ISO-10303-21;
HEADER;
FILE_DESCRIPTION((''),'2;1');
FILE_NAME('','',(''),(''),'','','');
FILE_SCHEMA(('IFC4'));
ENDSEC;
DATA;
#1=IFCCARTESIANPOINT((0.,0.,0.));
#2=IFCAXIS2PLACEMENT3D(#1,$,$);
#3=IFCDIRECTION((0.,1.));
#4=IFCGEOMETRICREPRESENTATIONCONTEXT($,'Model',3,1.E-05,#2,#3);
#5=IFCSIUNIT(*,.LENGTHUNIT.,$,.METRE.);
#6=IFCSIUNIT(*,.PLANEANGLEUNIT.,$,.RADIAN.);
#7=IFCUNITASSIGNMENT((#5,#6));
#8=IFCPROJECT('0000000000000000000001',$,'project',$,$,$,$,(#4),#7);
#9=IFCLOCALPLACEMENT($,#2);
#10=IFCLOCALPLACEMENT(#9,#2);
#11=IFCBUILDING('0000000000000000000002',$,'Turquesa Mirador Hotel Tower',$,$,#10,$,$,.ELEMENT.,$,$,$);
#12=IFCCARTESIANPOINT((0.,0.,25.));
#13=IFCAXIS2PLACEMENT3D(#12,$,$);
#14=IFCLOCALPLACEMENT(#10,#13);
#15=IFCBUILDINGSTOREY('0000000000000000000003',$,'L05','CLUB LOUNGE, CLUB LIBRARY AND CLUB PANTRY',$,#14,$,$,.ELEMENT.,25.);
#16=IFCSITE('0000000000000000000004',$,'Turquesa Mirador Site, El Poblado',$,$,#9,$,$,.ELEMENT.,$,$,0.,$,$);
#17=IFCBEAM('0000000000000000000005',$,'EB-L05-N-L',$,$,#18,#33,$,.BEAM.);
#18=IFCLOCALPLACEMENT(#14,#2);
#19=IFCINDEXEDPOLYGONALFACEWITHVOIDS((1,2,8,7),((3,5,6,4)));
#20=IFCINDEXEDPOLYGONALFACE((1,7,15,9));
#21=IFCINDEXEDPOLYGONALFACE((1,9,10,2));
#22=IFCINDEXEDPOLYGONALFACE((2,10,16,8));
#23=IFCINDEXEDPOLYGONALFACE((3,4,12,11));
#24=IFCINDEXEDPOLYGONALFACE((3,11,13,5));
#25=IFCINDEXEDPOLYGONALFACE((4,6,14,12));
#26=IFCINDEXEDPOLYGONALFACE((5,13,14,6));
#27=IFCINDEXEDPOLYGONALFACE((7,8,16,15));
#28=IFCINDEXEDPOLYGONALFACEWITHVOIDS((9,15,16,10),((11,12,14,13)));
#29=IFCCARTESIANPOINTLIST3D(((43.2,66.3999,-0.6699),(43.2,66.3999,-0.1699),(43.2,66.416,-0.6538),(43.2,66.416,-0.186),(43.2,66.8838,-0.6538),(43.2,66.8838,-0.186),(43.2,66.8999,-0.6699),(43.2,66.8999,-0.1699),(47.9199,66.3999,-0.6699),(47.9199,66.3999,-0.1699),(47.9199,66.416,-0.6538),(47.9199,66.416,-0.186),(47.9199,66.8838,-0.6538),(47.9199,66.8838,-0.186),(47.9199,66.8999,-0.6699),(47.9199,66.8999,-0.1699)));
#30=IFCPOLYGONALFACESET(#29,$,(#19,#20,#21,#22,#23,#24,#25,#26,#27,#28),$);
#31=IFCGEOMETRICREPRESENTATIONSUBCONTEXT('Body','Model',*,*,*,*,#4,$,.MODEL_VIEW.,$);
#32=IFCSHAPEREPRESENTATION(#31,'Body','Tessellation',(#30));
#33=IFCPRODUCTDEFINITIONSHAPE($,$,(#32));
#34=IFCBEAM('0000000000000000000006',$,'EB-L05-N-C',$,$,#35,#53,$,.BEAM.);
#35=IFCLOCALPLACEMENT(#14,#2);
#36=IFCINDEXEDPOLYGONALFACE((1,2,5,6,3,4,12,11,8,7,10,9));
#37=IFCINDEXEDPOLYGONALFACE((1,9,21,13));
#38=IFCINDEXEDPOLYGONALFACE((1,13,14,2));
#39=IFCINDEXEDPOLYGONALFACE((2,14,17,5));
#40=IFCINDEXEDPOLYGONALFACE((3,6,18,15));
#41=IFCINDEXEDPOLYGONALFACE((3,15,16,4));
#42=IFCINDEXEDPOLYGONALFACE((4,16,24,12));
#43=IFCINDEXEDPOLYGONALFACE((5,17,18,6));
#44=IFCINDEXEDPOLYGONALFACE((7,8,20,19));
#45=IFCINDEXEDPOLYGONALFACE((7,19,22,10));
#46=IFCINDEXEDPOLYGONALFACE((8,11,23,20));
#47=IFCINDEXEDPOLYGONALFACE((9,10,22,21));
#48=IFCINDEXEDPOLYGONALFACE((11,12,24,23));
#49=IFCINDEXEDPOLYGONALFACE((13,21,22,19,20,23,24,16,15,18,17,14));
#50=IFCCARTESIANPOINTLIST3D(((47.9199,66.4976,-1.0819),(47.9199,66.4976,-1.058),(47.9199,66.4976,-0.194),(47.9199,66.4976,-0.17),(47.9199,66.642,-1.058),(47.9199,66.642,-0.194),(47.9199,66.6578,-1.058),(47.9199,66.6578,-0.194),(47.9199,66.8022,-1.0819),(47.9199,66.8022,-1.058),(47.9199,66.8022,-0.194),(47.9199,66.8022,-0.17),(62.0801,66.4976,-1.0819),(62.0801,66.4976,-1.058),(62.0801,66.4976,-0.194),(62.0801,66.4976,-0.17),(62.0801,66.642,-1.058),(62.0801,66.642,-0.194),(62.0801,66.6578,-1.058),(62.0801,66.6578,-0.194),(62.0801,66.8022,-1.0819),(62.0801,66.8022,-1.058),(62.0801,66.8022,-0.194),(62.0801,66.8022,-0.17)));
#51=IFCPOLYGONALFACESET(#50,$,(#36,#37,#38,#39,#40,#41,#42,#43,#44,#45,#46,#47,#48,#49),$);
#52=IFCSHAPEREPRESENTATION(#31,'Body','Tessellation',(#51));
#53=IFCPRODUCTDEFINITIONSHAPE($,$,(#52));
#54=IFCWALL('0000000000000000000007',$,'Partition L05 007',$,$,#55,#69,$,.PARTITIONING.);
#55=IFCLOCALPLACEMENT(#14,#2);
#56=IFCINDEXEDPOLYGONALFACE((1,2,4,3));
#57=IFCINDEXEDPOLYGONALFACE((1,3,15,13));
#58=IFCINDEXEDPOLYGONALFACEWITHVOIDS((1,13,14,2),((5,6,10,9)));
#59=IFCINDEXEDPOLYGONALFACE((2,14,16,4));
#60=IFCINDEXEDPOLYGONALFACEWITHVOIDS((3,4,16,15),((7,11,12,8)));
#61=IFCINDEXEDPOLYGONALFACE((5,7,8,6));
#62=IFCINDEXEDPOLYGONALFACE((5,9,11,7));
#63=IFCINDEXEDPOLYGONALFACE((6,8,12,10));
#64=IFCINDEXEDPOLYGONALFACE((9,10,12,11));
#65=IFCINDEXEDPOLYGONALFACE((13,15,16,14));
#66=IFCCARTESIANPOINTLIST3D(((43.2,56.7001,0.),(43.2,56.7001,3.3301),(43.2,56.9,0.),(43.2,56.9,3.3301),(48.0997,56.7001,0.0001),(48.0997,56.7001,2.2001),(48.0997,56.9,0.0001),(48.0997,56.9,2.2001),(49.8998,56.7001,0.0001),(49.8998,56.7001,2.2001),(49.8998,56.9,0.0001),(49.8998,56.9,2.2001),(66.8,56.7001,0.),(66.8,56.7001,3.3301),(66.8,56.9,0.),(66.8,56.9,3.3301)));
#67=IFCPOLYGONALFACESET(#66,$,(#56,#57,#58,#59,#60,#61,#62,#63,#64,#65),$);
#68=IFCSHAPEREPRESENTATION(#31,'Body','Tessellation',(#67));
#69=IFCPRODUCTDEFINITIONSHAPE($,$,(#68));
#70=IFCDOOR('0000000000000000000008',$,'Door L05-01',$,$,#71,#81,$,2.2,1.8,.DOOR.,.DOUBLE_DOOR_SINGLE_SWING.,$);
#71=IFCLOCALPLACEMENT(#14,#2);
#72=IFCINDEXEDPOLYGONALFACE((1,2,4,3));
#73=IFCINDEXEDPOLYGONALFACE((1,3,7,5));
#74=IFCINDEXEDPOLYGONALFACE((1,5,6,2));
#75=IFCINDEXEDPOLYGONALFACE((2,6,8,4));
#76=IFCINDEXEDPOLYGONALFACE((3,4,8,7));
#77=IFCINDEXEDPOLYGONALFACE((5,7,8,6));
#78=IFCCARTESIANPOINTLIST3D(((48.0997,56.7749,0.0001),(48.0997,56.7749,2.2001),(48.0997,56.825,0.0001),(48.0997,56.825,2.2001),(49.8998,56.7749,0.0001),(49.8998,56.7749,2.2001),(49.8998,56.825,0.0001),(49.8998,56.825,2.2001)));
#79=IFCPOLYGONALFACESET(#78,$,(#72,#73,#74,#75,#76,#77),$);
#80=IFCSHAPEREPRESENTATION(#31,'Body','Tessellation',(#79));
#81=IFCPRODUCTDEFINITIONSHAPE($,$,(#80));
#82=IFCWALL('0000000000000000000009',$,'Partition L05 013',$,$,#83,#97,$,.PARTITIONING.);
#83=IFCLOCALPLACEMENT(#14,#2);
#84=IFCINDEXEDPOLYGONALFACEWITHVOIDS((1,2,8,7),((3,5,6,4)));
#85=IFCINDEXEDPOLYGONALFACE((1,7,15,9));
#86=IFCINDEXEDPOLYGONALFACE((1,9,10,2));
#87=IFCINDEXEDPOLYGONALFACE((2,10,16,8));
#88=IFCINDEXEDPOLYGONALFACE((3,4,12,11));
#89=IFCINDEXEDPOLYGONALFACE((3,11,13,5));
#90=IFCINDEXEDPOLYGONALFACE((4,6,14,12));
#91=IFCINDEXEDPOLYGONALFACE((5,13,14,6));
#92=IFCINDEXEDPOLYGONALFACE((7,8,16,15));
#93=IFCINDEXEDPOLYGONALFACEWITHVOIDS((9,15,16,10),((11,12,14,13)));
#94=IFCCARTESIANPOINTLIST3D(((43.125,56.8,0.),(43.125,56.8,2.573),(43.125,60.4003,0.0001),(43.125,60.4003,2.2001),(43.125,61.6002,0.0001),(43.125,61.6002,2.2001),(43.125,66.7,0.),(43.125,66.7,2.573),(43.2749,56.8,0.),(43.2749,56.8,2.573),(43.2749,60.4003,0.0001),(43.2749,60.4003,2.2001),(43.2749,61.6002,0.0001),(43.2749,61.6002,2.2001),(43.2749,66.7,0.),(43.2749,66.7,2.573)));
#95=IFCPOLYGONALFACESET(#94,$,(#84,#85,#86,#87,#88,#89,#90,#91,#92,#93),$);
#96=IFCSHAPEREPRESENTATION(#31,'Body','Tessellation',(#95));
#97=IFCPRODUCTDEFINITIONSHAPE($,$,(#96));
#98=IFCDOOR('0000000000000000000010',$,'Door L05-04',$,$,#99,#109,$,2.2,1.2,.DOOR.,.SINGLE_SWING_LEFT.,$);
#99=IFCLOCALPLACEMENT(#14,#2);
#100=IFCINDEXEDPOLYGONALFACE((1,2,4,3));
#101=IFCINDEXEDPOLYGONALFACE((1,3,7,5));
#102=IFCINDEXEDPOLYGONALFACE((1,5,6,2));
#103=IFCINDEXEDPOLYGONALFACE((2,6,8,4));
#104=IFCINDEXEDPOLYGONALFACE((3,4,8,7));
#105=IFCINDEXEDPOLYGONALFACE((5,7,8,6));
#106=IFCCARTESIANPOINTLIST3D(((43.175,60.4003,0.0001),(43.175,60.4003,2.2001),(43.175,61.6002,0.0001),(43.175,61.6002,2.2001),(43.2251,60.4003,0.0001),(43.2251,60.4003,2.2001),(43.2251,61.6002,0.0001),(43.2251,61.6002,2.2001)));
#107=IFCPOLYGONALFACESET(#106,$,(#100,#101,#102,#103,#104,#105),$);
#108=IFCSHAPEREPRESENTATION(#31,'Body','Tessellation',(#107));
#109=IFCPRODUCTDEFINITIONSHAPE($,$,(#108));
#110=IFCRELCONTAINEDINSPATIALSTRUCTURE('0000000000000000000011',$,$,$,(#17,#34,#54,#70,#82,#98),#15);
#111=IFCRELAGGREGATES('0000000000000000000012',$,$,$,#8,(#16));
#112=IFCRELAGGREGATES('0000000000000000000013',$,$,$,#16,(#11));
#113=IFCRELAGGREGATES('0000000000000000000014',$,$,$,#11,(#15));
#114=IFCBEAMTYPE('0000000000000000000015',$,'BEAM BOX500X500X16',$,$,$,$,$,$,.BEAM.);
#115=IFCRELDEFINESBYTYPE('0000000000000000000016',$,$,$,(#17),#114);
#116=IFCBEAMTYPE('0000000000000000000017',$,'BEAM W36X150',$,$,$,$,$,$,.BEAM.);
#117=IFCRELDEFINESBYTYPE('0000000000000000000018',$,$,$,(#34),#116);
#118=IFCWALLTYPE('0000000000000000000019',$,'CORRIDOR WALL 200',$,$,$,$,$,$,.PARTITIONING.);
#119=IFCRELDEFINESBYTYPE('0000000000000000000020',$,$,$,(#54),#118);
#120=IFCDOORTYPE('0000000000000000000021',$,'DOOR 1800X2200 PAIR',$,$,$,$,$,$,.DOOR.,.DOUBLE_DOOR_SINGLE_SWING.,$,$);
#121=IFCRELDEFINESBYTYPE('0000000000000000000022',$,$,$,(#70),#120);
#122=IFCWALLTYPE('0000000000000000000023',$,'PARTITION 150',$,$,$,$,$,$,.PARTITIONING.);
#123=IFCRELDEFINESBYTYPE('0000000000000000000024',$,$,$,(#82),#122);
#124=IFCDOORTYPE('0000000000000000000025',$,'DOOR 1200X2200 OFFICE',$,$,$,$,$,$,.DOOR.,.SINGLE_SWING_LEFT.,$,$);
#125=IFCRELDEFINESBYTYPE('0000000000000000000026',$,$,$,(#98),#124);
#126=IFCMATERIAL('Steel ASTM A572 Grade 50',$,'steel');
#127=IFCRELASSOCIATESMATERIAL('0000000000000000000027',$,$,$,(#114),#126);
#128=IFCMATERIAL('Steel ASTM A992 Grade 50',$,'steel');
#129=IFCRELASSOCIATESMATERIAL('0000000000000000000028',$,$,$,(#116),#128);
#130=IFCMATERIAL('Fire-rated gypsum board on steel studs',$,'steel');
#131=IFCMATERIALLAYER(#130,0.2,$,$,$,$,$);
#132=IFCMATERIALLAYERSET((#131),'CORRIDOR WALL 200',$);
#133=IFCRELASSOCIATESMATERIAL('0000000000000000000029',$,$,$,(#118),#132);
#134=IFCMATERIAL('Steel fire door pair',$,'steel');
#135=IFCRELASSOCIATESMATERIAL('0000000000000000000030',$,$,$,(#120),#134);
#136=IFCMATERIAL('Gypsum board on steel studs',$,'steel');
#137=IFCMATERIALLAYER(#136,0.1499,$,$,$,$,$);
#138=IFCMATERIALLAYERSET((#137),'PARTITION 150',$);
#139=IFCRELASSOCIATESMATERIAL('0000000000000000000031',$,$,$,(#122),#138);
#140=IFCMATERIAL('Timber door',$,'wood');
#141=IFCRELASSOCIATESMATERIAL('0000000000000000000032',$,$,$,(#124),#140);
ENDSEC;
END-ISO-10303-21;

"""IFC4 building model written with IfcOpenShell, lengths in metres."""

from ifc_helpers import new_model, si_unit, direction, frame, frame_2d, origin, origin_2d, place, context, subcontext, project, spatial, rectangle, hollow_rectangle, i_section, extrude, material, layer, layer_set, material_profile, profile_set, type_object, element, fill, save


model = new_model("IFC4")

# Units and contexts
model_context = context("Model", 3, precision=1e-05, world=origin(), true_north=direction((0.0, 1.0)))
body_context = subcontext(model_context, "Body", "Model", "MODEL_VIEW")
ifc_project = project(units=[si_unit("LENGTHUNIT", "METRE"), si_unit("PLANEANGLEUNIT", "RADIAN")], contexts=[model_context])

# Site, building, storey
site_placement = place(None, origin())
site = spatial("IfcSite", under=ifc_project, at=site_placement, Name="Turquesa Mirador Site, El Poblado", CompositionType="ELEMENT", RefElevation=0.0)
building_placement = place(site_placement, origin())
building = spatial("IfcBuilding", under=site, at=building_placement, Name="Turquesa Mirador Hotel Tower", CompositionType="ELEMENT")
storey_placement = place(building_placement, frame((0.0, 0.0, 25.0)))
storey = spatial("IfcBuildingStorey", under=building, at=storey_placement, Name="L05", Description="CLUB LOUNGE, CLUB LIBRARY AND CLUB PANTRY", CompositionType="ELEMENT", Elevation=25.0)

# Beams
ifc_material_1 = material(Name="Steel ASTM A572 Grade 50", Category="steel")
ifc_material_profile_1 = material_profile(ifc_material_1, hollow_rectangle(XDim=0.5, YDim=0.5, WallThickness=0.0161, at=origin_2d()), Name="BOX500X500X16")
ifc_profile_set_1 = profile_set([ifc_material_profile_1], Name="Steel ASTM A572 Grade 50")
beam_type_1 = type_object("IfcBeamType", Name="BEAM BOX500X500X16", PredefinedType="BEAM", material=ifc_profile_set_1)
beam_1_placement = place(storey_placement, frame((43.2, 66.6499, -0.4199), z_axis=(1.0, 0.0, 0.0), x_axis=(0.0, 1.0, 0.0)))
element("IfcBeam", 1, at=beam_1_placement, inside=storey, type_object=beam_type_1, Name="EB-L05-N-L", PredefinedType="BEAM", context=body_context, shape_type="SweptSolid", body=[
    extrude(hollow_rectangle(XDim=0.5, YDim=0.5, WallThickness=0.0161, at=origin_2d()), origin(), (0.0, 0.0, 1.0), 4.72),
])
ifc_material_2 = material(Name="Steel ASTM A992 Grade 50", Category="steel")
ifc_material_profile_2 = material_profile(ifc_material_2, i_section(OverallWidth=0.3047, OverallDepth=0.9119, WebThickness=0.0159, FlangeThickness=0.0239, at=origin_2d()), Name="W36X150")
ifc_profile_set_2 = profile_set([ifc_material_profile_2], Name="Steel ASTM A992 Grade 50")
beam_type_2 = type_object("IfcBeamType", Name="BEAM W36X150", PredefinedType="BEAM", material=ifc_profile_set_2)
beam_2_placement = place(storey_placement, frame((47.9199, 66.6499, -0.626), z_axis=(1.0, 0.0, 0.0), x_axis=(0.0, 1.0, 0.0)))
element("IfcBeam", 2, at=beam_2_placement, inside=storey, type_object=beam_type_2, Name="EB-L05-N-C", PredefinedType="BEAM", context=body_context, shape_type="SweptSolid", body=[
    extrude(i_section(OverallWidth=0.3047, OverallDepth=0.9119, WebThickness=0.0159, FlangeThickness=0.0239, at=origin_2d()), origin(), (0.0, 0.0, 1.0), 14.1602),
])

# Walls, openings, doors
ifc_material_3 = material(Name="Fire-rated gypsum board on steel studs", Category="steel")
ifc_layer_1 = layer(ifc_material_3, 0.2)
ifc_layer_set_1 = layer_set([ifc_layer_1], Name="CORRIDOR WALL 200")
wall_type_1 = type_object("IfcWallType", Name="CORRIDOR WALL 200", PredefinedType="PARTITIONING", material=ifc_layer_set_1)
wall_1_placement = place(storey_placement, frame((43.2, 56.8, 0.0), z_axis=(0.0, 0.0, 1.0), x_axis=(1.0, 0.0, 0.0)))
wall_1 = element("IfcWall", 3, at=wall_1_placement, inside=storey, type_object=wall_type_1, Name="Partition L05 007", PredefinedType="PARTITIONING", context=body_context, shape_type="SweptSolid", body=[
    extrude(rectangle(XDim=23.6001, YDim=0.2, at=frame_2d((11.8, 0.0))), origin(), (0.0, 0.0, 1.0), 3.3301),
])
opening_1_placement = place(wall_1_placement, frame((4.8999, 0.0, 0.0)))
opening_1 = element("IfcOpeningElement", 4, at=opening_1_placement, cuts=wall_1, PredefinedType="OPENING", context=body_context, shape_type="SweptSolid", body=[
    extrude(rectangle(XDim=1.8, YDim=2.2, at=frame_2d((0.8999, 1.1001))), frame((0.0, 0.1099, 0.0), z_axis=(0.0, -1.0, 0.0), x_axis=(1.0, 0.0, 0.0)), (0.0, 0.0, 1.0), 0.22),
])
ifc_material_4 = material(Name="Steel fire door pair", Category="steel")
door_type_1 = type_object("IfcDoorType", Name="DOOR 1800X2200 PAIR", OperationType="DOUBLE_DOOR_SINGLE_SWING", PredefinedType="DOOR", material=ifc_material_4)
door_1_placement = place(opening_1_placement, origin())
door_1 = element("IfcDoor", 5, at=door_1_placement, inside=storey, type_object=door_type_1, Name="Door L05-01", OperationType="DOUBLE_DOOR_SINGLE_SWING", OverallHeight=2.2, OverallWidth=1.8, PredefinedType="DOOR", context=body_context, shape_type="SweptSolid", body=[
    extrude(rectangle(XDim=1.8, YDim=2.2, at=frame_2d((0.8999, 1.1001))), frame((0.0, 0.0249, 0.0), z_axis=(0.0, -1.0, 0.0), x_axis=(1.0, 0.0, 0.0)), (0.0, 0.0, 1.0), 0.05),
])
fill(opening_1, door_1)
ifc_material_5 = material(Name="Gypsum board on steel studs", Category="steel")
ifc_layer_2 = layer(ifc_material_5, 0.1499)
ifc_layer_set_2 = layer_set([ifc_layer_2], Name="PARTITION 150")
wall_type_2 = type_object("IfcWallType", Name="PARTITION 150", PredefinedType="PARTITIONING", material=ifc_layer_set_2)
wall_2_placement = place(storey_placement, frame((43.2, 56.8, 0.0), z_axis=(0.0, 0.0, 1.0), x_axis=(0.0, 1.0, 0.0)))
wall_2 = element("IfcWall", 6, at=wall_2_placement, inside=storey, type_object=wall_type_2, Name="Partition L05 013", PredefinedType="PARTITIONING", context=body_context, shape_type="SweptSolid", body=[
    extrude(rectangle(XDim=9.8999, YDim=0.1499, at=frame_2d((4.95, 0.0))), origin(), (0.0, 0.0, 1.0), 2.573),
])
opening_2_placement = place(wall_2_placement, frame((3.6001, 0.0, 0.0)))
opening_2 = element("IfcOpeningElement", 7, at=opening_2_placement, cuts=wall_2, PredefinedType="OPENING", context=body_context, shape_type="SweptSolid", body=[
    extrude(rectangle(XDim=1.2, YDim=2.2, at=frame_2d((0.6001, 1.1001))), frame((0.0, 0.085, 0.0), z_axis=(0.0, -1.0, 0.0), x_axis=(1.0, 0.0, 0.0)), (0.0, 0.0, 1.0), 0.1699),
])
ifc_material_6 = material(Name="Timber door", Category="wood")
door_type_2 = type_object("IfcDoorType", Name="DOOR 1200X2200 OFFICE", OperationType="SINGLE_SWING_LEFT", PredefinedType="DOOR", material=ifc_material_6)
door_2_placement = place(opening_2_placement, origin())
door_2 = element("IfcDoor", 8, at=door_2_placement, inside=storey, type_object=door_type_2, Name="Door L05-04", OperationType="SINGLE_SWING_LEFT", OverallHeight=2.2, OverallWidth=1.2, PredefinedType="DOOR", context=body_context, shape_type="SweptSolid", body=[
    extrude(rectangle(XDim=1.2, YDim=2.2, at=frame_2d((0.6001, 1.1001))), frame((0.0, 0.0249, 0.0), z_axis=(0.0, -1.0, 0.0), x_axis=(1.0, 0.0, 0.0)), (0.0, 0.0, 1.0), 0.05),
])
fill(opening_2, door_2)

save(model, "model.ifc")
